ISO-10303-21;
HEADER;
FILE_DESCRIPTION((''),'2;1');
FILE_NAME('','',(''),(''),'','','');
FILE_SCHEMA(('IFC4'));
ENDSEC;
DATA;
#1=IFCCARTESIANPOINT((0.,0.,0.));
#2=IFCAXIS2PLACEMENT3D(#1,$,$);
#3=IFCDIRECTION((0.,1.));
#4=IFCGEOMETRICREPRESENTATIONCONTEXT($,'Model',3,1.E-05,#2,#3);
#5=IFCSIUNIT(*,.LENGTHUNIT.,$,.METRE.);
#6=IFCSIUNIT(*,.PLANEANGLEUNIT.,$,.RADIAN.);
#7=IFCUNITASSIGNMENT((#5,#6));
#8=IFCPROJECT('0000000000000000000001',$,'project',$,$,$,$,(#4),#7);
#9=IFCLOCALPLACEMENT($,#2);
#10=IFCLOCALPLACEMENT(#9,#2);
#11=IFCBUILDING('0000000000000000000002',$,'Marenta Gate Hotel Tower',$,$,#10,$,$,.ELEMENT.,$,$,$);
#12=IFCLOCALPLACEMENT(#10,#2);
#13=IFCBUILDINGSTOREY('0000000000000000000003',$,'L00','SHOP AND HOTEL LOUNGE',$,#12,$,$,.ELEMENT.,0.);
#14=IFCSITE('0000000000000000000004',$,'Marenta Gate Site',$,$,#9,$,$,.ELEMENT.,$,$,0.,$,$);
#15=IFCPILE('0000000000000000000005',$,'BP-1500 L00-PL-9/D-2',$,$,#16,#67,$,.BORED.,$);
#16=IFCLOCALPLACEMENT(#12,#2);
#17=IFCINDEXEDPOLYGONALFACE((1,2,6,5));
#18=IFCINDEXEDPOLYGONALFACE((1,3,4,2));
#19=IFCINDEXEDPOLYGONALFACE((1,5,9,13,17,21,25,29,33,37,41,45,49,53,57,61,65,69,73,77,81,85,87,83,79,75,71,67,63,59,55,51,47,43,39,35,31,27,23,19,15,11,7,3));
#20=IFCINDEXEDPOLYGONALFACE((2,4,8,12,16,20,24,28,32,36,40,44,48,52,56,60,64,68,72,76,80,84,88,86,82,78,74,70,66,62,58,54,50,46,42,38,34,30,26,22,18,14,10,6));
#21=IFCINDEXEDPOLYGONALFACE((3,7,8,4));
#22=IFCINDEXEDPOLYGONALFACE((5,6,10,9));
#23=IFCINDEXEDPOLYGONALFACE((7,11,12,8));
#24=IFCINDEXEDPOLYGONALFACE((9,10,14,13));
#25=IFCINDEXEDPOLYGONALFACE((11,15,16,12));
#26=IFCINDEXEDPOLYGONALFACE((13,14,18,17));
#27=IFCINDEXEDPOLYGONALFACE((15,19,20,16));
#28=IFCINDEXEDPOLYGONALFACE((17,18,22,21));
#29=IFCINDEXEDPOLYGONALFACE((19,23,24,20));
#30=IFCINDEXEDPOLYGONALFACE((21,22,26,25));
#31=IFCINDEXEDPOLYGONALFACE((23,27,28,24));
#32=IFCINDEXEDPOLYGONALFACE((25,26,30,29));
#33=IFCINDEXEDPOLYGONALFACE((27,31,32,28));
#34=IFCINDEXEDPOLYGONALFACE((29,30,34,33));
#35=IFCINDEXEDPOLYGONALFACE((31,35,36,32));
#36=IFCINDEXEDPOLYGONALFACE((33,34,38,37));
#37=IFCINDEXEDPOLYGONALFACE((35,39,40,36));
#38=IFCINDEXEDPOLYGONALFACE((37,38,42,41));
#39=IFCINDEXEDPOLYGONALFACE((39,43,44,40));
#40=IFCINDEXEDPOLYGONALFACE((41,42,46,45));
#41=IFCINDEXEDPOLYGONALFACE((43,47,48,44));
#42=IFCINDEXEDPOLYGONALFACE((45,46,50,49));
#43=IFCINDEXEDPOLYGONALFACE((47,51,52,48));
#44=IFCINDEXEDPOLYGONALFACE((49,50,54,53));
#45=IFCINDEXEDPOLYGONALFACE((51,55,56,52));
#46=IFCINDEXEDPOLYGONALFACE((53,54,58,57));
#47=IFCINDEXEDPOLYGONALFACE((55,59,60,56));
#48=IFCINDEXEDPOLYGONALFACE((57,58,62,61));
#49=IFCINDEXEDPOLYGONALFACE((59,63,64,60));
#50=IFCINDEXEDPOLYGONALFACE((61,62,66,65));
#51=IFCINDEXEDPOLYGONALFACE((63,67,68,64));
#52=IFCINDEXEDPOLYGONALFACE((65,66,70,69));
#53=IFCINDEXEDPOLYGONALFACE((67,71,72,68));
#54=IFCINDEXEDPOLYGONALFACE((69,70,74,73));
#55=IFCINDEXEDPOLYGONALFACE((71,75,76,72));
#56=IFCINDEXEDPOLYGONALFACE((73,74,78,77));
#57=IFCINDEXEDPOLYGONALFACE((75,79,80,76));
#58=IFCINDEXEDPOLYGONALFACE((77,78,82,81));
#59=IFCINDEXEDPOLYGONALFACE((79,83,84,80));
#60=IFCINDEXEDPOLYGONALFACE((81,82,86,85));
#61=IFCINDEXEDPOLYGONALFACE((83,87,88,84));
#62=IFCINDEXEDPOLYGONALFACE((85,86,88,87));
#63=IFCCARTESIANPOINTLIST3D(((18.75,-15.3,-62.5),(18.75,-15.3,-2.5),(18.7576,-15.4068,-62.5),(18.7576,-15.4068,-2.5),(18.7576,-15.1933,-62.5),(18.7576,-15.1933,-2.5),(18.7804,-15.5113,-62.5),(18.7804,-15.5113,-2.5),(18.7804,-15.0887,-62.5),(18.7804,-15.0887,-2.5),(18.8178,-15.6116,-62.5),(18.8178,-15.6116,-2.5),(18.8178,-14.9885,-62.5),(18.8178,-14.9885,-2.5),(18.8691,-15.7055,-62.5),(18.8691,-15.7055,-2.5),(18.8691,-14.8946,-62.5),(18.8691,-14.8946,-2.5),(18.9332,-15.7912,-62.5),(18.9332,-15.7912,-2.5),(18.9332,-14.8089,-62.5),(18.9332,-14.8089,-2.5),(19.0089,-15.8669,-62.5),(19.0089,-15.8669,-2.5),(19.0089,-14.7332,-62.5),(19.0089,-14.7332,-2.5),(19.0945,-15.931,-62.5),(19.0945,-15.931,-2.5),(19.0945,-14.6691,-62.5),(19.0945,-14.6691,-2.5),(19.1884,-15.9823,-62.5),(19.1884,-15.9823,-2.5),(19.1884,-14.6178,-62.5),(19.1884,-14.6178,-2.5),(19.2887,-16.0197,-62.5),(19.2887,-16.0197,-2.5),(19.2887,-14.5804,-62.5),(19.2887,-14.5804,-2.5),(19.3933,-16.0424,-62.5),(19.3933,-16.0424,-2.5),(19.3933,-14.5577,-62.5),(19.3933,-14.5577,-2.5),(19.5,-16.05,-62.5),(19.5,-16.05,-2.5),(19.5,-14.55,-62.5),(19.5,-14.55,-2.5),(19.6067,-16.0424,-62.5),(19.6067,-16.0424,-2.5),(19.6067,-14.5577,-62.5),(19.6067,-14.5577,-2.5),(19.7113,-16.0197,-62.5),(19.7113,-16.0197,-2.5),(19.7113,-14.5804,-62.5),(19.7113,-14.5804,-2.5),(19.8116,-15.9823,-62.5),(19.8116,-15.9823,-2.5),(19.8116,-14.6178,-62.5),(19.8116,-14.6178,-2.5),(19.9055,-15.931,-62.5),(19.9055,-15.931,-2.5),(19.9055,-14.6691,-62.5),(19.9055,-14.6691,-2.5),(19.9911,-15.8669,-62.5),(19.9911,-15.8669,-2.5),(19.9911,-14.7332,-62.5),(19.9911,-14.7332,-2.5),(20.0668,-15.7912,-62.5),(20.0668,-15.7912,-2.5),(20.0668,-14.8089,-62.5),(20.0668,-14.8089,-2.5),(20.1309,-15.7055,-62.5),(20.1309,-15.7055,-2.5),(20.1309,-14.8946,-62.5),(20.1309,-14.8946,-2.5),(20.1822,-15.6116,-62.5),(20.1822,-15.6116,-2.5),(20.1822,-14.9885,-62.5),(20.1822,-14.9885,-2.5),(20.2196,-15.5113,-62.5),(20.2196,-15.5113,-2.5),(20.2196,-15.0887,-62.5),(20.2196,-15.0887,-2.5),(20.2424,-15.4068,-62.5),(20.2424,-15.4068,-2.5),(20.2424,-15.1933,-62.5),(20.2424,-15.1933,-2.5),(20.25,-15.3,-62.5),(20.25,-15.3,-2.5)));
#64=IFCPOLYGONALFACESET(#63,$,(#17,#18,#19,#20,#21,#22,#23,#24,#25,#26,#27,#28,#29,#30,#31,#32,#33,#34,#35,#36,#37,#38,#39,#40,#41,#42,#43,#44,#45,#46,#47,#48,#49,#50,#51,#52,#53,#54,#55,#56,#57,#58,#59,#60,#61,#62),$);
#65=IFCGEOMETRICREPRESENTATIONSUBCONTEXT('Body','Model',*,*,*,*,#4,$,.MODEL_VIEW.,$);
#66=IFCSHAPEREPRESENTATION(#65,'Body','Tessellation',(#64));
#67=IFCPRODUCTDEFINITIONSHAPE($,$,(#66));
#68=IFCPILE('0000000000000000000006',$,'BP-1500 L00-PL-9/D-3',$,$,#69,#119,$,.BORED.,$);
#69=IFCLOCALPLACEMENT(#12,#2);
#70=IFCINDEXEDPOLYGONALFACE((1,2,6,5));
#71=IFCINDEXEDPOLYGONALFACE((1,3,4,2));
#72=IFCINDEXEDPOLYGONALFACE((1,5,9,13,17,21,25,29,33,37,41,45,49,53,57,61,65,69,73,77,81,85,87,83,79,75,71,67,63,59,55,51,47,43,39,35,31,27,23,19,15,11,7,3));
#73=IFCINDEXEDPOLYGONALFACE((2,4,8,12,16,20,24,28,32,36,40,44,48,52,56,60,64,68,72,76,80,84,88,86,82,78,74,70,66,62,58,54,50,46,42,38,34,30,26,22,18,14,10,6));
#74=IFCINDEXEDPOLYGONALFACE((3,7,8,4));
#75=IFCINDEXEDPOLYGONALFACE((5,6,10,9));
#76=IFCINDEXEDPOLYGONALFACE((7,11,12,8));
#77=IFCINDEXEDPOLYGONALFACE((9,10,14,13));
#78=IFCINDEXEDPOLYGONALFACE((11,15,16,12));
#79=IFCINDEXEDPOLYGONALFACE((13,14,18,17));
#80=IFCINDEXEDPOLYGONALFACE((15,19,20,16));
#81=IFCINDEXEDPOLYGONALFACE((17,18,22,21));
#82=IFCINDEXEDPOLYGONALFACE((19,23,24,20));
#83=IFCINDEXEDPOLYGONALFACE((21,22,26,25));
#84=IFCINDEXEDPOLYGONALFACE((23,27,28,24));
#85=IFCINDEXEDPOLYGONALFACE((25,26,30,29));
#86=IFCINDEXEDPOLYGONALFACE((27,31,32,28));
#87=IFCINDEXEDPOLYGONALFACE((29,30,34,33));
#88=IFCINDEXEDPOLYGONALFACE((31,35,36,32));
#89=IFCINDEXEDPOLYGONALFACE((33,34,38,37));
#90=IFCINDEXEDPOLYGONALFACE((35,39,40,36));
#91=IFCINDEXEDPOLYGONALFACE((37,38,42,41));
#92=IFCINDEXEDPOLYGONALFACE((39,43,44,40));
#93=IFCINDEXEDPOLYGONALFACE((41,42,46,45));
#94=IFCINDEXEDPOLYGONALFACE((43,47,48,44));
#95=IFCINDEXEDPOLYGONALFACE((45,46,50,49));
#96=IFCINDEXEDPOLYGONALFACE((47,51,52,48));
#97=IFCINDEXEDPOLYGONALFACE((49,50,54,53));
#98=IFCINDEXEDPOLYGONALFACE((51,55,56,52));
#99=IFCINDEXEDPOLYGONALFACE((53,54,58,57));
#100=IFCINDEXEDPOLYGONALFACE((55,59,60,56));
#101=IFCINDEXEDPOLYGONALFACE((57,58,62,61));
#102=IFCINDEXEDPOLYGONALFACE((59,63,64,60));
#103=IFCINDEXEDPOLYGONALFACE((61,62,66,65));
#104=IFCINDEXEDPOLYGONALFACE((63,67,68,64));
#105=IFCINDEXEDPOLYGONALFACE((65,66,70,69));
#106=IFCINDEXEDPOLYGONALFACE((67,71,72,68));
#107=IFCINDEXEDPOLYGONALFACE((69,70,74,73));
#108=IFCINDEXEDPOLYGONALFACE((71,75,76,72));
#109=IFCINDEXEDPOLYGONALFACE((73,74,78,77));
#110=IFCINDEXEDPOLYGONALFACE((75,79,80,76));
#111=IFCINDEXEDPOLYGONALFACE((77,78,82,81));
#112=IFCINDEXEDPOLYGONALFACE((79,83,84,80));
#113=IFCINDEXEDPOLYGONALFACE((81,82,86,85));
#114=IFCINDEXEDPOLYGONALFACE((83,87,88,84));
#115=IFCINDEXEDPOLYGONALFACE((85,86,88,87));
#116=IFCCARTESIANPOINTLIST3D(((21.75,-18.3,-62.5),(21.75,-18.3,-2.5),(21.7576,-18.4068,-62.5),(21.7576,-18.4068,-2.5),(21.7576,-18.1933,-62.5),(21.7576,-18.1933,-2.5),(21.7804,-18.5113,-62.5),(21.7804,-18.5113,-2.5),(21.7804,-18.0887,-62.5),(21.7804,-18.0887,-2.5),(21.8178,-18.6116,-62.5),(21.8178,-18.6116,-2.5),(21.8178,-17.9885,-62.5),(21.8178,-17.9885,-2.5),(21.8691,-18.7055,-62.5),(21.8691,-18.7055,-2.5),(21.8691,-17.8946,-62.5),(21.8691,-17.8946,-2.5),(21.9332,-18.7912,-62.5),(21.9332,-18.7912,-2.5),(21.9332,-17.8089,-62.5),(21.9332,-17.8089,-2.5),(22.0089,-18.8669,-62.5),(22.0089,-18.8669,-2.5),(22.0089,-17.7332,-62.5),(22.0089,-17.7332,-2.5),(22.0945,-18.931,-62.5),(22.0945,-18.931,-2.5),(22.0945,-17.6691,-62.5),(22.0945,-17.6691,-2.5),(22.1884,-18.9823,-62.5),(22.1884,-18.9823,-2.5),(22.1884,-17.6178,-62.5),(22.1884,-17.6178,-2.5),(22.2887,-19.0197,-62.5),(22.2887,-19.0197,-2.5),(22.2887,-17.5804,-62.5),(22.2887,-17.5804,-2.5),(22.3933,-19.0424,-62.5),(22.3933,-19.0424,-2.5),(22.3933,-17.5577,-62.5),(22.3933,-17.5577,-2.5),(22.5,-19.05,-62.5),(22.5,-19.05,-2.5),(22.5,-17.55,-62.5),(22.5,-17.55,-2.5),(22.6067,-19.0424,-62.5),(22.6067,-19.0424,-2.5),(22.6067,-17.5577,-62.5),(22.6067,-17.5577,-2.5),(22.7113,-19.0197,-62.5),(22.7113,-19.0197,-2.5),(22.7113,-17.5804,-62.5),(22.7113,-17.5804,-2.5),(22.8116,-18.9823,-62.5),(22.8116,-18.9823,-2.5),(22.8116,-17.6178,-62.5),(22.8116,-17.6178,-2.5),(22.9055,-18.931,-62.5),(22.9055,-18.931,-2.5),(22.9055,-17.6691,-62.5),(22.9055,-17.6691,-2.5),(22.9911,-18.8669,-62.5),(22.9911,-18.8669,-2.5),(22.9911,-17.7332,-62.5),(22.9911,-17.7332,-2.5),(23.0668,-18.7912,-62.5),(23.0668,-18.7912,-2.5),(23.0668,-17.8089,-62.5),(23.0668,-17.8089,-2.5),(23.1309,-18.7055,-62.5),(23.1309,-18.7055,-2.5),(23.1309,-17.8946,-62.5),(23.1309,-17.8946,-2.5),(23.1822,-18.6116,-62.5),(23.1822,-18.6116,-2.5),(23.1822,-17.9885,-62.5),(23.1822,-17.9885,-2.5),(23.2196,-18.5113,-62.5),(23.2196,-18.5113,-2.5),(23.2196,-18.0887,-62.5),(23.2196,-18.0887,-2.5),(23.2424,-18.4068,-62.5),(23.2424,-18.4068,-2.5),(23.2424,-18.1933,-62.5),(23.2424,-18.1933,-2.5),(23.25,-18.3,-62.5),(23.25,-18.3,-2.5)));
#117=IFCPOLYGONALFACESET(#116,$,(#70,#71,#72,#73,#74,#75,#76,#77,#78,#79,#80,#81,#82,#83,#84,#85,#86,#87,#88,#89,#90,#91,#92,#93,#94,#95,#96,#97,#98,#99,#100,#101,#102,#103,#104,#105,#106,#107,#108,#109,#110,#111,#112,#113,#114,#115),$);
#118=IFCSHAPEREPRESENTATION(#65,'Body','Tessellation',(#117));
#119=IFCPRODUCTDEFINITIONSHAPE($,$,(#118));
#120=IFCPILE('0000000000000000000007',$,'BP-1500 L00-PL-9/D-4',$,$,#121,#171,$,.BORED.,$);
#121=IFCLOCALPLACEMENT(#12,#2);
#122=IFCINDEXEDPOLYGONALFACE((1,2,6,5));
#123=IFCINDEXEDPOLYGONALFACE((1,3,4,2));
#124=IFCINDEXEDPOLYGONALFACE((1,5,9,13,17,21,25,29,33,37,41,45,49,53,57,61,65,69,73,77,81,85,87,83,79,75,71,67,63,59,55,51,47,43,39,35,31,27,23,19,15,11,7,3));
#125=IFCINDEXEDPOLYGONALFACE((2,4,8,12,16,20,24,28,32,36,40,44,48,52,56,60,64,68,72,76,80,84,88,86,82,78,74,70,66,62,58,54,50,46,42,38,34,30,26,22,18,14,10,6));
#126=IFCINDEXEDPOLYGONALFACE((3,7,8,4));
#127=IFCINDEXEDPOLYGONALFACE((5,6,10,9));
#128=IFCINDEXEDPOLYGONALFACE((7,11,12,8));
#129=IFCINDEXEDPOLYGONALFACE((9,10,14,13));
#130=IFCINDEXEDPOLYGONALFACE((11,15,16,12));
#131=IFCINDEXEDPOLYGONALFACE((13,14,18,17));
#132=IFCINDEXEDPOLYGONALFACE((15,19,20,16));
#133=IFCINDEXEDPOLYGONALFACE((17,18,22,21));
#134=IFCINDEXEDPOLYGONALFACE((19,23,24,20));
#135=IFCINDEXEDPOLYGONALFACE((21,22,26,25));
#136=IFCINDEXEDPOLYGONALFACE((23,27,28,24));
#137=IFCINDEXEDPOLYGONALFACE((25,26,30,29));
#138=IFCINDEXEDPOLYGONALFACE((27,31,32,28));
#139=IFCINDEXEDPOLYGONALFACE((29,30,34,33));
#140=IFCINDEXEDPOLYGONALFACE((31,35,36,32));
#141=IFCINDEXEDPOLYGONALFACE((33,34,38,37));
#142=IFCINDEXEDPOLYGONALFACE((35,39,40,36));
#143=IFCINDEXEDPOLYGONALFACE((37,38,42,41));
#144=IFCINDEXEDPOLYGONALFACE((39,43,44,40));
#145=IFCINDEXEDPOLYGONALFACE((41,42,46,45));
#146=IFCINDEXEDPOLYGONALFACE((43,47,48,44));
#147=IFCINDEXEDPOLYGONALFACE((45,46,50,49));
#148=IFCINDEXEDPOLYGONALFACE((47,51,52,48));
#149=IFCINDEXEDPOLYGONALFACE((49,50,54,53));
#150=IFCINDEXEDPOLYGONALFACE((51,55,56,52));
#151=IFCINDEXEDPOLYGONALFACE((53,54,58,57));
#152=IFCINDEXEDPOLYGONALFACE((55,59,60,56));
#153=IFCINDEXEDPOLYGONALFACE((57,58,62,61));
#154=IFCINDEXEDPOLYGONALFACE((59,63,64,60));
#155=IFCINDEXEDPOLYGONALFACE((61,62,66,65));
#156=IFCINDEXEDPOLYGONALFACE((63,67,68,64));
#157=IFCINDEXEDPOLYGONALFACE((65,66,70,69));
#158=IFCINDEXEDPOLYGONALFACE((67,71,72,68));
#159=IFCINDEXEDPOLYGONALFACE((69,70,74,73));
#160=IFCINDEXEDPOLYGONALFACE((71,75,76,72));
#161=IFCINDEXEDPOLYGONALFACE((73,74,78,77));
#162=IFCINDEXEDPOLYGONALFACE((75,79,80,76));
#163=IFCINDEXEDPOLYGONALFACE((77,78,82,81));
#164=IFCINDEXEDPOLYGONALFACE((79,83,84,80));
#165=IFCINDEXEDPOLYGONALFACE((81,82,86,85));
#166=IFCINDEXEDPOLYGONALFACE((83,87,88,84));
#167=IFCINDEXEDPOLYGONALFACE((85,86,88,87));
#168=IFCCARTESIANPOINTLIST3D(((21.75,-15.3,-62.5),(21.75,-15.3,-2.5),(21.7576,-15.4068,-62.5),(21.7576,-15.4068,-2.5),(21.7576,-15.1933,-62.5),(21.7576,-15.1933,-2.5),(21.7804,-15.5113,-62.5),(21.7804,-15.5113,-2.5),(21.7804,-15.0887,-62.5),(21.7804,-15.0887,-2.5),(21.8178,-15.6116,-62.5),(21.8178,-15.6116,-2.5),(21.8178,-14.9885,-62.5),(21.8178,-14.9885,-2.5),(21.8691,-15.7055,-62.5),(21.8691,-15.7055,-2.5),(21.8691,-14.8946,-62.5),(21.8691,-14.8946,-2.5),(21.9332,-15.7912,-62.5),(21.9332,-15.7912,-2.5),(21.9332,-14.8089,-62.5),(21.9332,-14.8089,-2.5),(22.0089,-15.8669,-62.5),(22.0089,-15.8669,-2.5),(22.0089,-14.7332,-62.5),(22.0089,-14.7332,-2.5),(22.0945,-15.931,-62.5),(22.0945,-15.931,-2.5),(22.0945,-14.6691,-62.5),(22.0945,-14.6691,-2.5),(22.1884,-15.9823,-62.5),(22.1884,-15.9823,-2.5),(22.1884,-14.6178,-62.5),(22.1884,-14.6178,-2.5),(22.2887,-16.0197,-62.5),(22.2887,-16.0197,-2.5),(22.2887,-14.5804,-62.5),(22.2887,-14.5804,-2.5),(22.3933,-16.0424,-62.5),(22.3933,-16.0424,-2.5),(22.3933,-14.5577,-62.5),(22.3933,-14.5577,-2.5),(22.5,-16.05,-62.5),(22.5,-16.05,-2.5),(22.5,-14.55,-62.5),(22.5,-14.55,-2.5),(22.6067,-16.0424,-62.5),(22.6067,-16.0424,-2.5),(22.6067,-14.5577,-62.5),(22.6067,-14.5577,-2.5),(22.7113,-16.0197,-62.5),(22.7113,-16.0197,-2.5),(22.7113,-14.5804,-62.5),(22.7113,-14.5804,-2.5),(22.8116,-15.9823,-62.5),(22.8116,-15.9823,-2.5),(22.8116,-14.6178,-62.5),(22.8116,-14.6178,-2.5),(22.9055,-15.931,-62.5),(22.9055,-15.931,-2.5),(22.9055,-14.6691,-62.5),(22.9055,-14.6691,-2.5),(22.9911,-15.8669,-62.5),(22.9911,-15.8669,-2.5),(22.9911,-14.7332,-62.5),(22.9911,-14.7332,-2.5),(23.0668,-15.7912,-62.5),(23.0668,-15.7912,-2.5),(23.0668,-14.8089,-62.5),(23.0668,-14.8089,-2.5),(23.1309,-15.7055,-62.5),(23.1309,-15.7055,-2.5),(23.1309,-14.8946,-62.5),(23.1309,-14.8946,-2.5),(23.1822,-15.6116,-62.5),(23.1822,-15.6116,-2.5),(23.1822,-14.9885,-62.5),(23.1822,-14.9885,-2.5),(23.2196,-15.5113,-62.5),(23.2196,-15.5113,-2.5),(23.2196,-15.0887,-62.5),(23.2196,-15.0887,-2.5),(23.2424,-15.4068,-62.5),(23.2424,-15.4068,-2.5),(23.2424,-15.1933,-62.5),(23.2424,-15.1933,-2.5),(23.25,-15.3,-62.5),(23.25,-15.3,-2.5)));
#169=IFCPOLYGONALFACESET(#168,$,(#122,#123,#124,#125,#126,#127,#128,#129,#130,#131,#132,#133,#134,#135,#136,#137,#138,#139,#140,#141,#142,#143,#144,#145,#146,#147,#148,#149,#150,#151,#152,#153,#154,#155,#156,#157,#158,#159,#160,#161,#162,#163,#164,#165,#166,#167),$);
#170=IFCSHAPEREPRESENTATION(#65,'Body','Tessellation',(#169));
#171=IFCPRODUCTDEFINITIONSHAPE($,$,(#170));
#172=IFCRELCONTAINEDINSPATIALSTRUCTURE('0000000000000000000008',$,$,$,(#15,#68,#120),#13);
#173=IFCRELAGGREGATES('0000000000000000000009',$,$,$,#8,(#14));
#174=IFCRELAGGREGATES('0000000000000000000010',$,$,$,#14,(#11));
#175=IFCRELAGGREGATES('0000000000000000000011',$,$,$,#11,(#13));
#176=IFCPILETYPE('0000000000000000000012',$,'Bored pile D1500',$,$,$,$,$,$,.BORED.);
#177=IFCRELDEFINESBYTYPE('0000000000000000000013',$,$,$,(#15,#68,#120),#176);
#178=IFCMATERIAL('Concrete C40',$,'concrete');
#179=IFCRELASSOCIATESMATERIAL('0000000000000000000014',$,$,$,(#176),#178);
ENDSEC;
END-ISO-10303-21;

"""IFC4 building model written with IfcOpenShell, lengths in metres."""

from ifc_helpers import new_model, si_unit, direction, frame, origin, origin_2d, place, context, subcontext, project, spatial, circle, extrude, material, type_object, element, save


model = new_model("IFC4")

# Units and contexts
model_context = context("Model", 3, precision=1e-05, world=origin(), true_north=direction((0.0, 1.0)))
body_context = subcontext(model_context, "Body", "Model", "MODEL_VIEW")
ifc_project = project(units=[si_unit("LENGTHUNIT", "METRE"), si_unit("PLANEANGLEUNIT", "RADIAN")], contexts=[model_context])

# Site, building, storey
site_placement = place(None, origin())
site = spatial("IfcSite", under=ifc_project, at=site_placement, Name="Marenta Gate Site", CompositionType="ELEMENT", RefElevation=0.0)
building_placement = place(site_placement, origin())
building = spatial("IfcBuilding", under=site, at=building_placement, Name="Marenta Gate Hotel Tower", CompositionType="ELEMENT")
storey_placement = place(building_placement, origin())
storey = spatial("IfcBuildingStorey", under=building, at=storey_placement, Name="L00", Description="SHOP AND HOTEL LOUNGE", CompositionType="ELEMENT", Elevation=0.0)

# Piles
ifc_material_1 = material(Name="Concrete C40", Category="concrete")
pile_type = type_object("IfcPileType", Name="Bored pile D1500", PredefinedType="BORED", material=ifc_material_1)
for number, where, z_axis, x_axis, name in (
    (1, (19.5, -15.3, -2.5), (0.0, 0.0, -1.0), (1.0, 0.0, 0.0), "BP-1500 L00-PL-9/D-2"),
    (2, (22.5, -18.3, -2.5), (0.0, 0.0, -1.0), (1.0, 0.0, 0.0), "BP-1500 L00-PL-9/D-3"),
    (3, (22.5, -15.3, -2.5), (0.0, 0.0, -1.0), (1.0, 0.0, 0.0), "BP-1500 L00-PL-9/D-4"),
):
    element("IfcPile", number, at=place(storey_placement, frame(where, z_axis=z_axis, x_axis=x_axis)), inside=storey, type_object=pile_type, Name=name, PredefinedType="BORED", context=body_context, shape_type="SweptSolid", body=[
        extrude(circle(Radius=0.75, at=origin_2d()), origin(), (0.0, 0.0, 1.0), 60.0),
    ])

save(model, "model.ifc")
